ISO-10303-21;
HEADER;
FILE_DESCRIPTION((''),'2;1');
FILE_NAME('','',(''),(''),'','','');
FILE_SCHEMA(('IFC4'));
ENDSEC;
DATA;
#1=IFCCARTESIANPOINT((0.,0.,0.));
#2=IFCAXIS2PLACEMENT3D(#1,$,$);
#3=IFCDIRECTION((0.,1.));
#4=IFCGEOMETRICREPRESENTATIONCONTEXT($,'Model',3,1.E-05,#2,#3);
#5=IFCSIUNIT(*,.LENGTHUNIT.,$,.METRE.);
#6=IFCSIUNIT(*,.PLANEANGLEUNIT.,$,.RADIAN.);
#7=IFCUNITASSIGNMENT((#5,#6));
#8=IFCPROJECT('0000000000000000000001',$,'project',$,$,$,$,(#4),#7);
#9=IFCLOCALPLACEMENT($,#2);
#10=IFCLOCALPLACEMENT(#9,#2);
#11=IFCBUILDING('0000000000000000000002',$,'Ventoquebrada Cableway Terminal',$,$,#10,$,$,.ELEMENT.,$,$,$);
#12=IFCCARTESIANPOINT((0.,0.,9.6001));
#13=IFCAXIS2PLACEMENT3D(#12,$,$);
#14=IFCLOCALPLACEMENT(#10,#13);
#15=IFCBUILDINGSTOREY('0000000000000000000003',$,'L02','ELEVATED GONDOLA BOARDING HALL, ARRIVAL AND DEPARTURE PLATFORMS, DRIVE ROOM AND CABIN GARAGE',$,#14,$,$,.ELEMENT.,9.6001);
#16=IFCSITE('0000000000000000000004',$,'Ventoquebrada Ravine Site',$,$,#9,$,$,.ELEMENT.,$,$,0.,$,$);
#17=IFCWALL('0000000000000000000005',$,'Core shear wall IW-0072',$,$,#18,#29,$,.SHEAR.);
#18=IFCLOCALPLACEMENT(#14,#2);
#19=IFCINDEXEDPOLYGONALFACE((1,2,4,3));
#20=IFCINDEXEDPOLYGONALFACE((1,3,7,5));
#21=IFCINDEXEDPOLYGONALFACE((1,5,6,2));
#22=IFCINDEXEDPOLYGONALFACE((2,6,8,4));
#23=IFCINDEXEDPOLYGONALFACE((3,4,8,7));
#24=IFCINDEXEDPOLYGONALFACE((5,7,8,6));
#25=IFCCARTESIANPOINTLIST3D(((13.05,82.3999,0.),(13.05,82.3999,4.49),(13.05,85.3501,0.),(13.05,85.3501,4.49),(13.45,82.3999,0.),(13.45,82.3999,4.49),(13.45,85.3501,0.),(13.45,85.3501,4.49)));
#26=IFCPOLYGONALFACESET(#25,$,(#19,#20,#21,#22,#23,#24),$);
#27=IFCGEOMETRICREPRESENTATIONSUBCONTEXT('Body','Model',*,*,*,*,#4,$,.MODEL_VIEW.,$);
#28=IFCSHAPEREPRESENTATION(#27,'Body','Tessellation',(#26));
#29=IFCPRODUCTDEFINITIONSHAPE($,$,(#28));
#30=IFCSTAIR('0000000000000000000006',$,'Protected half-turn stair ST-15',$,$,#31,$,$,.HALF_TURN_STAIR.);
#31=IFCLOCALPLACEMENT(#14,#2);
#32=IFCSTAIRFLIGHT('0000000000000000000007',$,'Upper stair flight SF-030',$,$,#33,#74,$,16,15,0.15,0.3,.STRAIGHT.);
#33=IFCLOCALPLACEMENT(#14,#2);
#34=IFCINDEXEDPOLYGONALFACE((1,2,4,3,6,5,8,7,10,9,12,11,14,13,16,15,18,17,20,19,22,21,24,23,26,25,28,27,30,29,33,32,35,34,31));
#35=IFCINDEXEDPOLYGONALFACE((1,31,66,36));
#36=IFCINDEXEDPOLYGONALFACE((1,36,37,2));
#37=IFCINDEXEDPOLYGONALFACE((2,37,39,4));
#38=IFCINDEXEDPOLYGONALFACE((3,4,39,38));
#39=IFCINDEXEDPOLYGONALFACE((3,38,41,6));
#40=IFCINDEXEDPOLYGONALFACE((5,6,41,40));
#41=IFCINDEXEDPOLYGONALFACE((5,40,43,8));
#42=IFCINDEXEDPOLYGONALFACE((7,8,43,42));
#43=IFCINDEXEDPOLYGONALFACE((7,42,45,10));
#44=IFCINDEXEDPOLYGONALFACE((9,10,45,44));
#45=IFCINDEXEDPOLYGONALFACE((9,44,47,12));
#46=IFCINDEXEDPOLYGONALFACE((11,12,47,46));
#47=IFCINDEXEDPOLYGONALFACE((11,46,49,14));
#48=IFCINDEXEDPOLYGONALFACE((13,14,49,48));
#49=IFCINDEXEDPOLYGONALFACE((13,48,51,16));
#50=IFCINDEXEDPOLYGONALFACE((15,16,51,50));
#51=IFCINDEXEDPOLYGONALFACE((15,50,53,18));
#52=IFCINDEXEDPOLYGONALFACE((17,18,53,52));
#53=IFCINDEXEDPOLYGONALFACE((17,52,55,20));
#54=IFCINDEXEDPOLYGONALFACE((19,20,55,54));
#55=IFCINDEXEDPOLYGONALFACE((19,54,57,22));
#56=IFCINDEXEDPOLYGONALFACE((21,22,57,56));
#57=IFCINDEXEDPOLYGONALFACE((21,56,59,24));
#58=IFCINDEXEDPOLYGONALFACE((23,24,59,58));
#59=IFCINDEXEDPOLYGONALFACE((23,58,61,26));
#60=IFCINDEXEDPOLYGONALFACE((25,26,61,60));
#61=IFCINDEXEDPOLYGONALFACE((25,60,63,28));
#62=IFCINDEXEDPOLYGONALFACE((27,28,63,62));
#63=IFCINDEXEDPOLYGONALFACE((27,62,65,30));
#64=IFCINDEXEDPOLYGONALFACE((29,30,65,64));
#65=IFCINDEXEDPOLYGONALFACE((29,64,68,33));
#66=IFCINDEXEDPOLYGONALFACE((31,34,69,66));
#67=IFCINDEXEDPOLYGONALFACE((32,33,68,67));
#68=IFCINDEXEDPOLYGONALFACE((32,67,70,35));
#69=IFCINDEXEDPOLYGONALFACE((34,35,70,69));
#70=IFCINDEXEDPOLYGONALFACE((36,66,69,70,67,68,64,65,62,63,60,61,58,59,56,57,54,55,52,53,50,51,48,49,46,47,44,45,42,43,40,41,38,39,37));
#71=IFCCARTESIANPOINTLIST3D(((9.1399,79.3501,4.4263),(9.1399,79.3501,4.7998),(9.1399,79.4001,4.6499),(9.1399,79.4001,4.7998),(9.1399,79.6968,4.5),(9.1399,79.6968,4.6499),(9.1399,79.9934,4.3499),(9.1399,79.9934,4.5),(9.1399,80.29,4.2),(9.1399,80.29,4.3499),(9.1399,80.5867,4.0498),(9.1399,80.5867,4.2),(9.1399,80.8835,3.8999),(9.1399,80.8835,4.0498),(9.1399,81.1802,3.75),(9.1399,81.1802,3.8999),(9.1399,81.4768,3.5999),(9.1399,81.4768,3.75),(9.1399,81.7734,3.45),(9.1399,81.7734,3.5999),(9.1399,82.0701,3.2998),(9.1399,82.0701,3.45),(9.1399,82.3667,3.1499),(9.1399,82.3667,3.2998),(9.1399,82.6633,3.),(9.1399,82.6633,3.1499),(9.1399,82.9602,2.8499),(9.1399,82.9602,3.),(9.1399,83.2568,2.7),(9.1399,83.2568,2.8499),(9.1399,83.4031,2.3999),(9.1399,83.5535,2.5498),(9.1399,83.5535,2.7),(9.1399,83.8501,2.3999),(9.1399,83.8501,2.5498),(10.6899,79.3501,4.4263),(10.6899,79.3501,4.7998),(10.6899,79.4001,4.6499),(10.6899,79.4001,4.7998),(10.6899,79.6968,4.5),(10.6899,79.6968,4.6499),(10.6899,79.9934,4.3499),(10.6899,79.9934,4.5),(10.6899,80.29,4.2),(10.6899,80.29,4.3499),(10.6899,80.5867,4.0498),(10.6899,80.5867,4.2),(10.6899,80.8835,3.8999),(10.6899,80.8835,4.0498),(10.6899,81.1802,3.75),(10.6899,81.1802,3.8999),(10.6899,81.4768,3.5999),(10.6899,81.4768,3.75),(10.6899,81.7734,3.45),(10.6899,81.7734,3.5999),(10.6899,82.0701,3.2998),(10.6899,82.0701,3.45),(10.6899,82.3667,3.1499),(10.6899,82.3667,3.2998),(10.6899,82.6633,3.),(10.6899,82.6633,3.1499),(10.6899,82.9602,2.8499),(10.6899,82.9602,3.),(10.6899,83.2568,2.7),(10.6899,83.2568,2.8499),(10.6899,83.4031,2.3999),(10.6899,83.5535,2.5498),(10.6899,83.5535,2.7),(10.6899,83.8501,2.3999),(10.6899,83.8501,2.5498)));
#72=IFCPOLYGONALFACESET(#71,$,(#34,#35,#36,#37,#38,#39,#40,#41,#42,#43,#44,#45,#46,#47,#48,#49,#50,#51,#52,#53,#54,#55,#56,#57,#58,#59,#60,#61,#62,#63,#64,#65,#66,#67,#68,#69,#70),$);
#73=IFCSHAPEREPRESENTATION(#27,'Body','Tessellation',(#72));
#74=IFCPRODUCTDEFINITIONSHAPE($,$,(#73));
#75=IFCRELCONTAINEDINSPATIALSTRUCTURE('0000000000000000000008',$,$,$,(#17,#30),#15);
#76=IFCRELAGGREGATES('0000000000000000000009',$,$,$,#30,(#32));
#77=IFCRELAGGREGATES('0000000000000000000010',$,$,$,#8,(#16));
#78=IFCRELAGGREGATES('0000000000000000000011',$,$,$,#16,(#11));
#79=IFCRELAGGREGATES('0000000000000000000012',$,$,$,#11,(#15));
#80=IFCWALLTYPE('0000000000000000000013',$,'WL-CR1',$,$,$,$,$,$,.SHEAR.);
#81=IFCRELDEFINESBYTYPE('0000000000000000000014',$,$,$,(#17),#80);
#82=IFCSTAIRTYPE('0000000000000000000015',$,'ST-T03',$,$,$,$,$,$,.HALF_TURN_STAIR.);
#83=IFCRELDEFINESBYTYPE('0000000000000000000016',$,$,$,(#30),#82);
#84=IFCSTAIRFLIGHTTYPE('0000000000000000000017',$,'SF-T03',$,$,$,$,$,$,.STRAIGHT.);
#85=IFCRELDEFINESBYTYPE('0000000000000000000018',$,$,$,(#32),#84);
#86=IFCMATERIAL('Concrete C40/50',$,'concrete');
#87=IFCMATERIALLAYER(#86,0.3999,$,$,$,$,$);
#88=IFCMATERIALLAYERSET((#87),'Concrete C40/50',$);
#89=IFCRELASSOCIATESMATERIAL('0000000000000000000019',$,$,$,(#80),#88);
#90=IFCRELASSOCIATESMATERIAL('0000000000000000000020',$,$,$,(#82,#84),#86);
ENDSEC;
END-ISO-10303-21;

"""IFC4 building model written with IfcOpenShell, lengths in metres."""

from ifc_helpers import new_model, si_unit, direction, frame, frame_2d, origin, place, context, subcontext, project, spatial, polyline, rectangle, outline, extrude, material, layer, layer_set, type_object, element, aggregate, save


model = new_model("IFC4")

# Units and contexts
model_context = context("Model", 3, precision=1e-05, world=origin(), true_north=direction((0.0, 1.0)))
body_context = subcontext(model_context, "Body", "Model", "MODEL_VIEW")
ifc_project = project(units=[si_unit("LENGTHUNIT", "METRE"), si_unit("PLANEANGLEUNIT", "RADIAN")], contexts=[model_context])

# Site, building, storey
site_placement = place(None, origin())
site = spatial("IfcSite", under=ifc_project, at=site_placement, Name="Ventoquebrada Ravine Site", CompositionType="ELEMENT", RefElevation=0.0)
building_placement = place(site_placement, origin())
building = spatial("IfcBuilding", under=site, at=building_placement, Name="Ventoquebrada Cableway Terminal", CompositionType="ELEMENT")
storey_placement = place(building_placement, frame((0.0, 0.0, 9.6001)))
storey = spatial("IfcBuildingStorey", under=building, at=storey_placement, Name="L02", Description="ELEVATED GONDOLA BOARDING HALL, ARRIVAL AND DEPARTURE PLATFORMS, DRIVE ROOM AND CABIN GARAGE", CompositionType="ELEMENT", Elevation=9.6001)

# Shared definitions
ifc_material_1 = material(Name="Concrete C40/50", Category="concrete")

# Shared definitions
ifc_layer_1 = layer(ifc_material_1, 0.3999)
ifc_layer_set_1 = layer_set([ifc_layer_1], Name="Concrete C40/50")
wall_type = type_object("IfcWallType", Name="WL-CR1", PredefinedType="SHEAR", material=ifc_layer_set_1)

# Wall
wall_1_placement = place(storey_placement, frame((13.25, 85.3501, 0.0), z_axis=(0.0, 0.0, 1.0), x_axis=(0.0, -1.0, 0.0)))
element("IfcWall", 1, at=wall_1_placement, inside=storey, type_object=wall_type, Name="Core shear wall IW-0072", PredefinedType="SHEAR", context=body_context, shape_type="SweptSolid", body=[
    extrude(rectangle(XDim=2.9502, YDim=0.3999, at=frame_2d((1.4751, 0.0))), origin(), (0.0, 0.0, 1.0), 4.49),
])

# Stair, stair flight
stair_type = type_object("IfcStairType", Name="ST-T03", PredefinedType="HALF_TURN_STAIR", material=ifc_material_1)
stair_placement = place(storey_placement, origin())
stair = element("IfcStair", 2, at=stair_placement, inside=storey, type_object=stair_type, Name="Protected half-turn stair ST-15", PredefinedType="HALF_TURN_STAIR")
stair_flight_type = type_object("IfcStairFlightType", Name="SF-T03", PredefinedType="STRAIGHT", material=ifc_material_1)
stair_flight_placement = place(storey_placement, frame((9.915, 83.8501, 2.3999), z_axis=(0.0, 0.0, 1.0), x_axis=(0.0, -1.0, 0.0)))
stair_flight = element("IfcStairFlight", 3, at=stair_flight_placement, type_object=stair_flight_type, Name="Upper stair flight SF-030", NumberOfRisers=16, NumberOfTreads=15, PredefinedType="STRAIGHT", RiserHeight=0.15, TreadLength=0.3, context=body_context, shape_type="SweptSolid", body=[
    extrude(outline(polyline([(0.0, 0.0), (0.0, 0.1499), (0.2966, 0.1499), (0.2966, 0.3), (0.5933, 0.3), (0.5933, 0.45), (0.8899, 0.45), (0.8899, 0.6001), (1.1868, 0.6001), (1.1868, 0.75), (1.4834, 0.75), (1.4834, 0.8999), (1.78, 0.8999), (1.78, 1.05), (2.0767, 1.05), (2.0767, 1.2), (2.3733, 1.2), (2.3733, 1.3501), (2.6699, 1.3501), (2.6699, 1.5), (2.9666, 1.5), (2.9666, 1.6499), (3.2634, 1.6499), (3.2634, 1.8), (3.5601, 1.8), (3.5601, 1.95), (3.8567, 1.95), (3.8567, 2.1001), (4.1533, 2.1001), (4.1533, 2.25), (4.45, 2.25), (4.45, 2.3999), (4.5, 2.3999), (4.5, 2.0264), (0.447, 0.0), (0.0, 0.0)])), frame((0.0, 0.7749, 0.0), z_axis=(0.0, -1.0, 0.0), x_axis=(1.0, 0.0, 0.0)), (0.0, 0.0, 1.0), 1.55),
])
aggregate(stair, [stair_flight])

save(model, "model.ifc")
